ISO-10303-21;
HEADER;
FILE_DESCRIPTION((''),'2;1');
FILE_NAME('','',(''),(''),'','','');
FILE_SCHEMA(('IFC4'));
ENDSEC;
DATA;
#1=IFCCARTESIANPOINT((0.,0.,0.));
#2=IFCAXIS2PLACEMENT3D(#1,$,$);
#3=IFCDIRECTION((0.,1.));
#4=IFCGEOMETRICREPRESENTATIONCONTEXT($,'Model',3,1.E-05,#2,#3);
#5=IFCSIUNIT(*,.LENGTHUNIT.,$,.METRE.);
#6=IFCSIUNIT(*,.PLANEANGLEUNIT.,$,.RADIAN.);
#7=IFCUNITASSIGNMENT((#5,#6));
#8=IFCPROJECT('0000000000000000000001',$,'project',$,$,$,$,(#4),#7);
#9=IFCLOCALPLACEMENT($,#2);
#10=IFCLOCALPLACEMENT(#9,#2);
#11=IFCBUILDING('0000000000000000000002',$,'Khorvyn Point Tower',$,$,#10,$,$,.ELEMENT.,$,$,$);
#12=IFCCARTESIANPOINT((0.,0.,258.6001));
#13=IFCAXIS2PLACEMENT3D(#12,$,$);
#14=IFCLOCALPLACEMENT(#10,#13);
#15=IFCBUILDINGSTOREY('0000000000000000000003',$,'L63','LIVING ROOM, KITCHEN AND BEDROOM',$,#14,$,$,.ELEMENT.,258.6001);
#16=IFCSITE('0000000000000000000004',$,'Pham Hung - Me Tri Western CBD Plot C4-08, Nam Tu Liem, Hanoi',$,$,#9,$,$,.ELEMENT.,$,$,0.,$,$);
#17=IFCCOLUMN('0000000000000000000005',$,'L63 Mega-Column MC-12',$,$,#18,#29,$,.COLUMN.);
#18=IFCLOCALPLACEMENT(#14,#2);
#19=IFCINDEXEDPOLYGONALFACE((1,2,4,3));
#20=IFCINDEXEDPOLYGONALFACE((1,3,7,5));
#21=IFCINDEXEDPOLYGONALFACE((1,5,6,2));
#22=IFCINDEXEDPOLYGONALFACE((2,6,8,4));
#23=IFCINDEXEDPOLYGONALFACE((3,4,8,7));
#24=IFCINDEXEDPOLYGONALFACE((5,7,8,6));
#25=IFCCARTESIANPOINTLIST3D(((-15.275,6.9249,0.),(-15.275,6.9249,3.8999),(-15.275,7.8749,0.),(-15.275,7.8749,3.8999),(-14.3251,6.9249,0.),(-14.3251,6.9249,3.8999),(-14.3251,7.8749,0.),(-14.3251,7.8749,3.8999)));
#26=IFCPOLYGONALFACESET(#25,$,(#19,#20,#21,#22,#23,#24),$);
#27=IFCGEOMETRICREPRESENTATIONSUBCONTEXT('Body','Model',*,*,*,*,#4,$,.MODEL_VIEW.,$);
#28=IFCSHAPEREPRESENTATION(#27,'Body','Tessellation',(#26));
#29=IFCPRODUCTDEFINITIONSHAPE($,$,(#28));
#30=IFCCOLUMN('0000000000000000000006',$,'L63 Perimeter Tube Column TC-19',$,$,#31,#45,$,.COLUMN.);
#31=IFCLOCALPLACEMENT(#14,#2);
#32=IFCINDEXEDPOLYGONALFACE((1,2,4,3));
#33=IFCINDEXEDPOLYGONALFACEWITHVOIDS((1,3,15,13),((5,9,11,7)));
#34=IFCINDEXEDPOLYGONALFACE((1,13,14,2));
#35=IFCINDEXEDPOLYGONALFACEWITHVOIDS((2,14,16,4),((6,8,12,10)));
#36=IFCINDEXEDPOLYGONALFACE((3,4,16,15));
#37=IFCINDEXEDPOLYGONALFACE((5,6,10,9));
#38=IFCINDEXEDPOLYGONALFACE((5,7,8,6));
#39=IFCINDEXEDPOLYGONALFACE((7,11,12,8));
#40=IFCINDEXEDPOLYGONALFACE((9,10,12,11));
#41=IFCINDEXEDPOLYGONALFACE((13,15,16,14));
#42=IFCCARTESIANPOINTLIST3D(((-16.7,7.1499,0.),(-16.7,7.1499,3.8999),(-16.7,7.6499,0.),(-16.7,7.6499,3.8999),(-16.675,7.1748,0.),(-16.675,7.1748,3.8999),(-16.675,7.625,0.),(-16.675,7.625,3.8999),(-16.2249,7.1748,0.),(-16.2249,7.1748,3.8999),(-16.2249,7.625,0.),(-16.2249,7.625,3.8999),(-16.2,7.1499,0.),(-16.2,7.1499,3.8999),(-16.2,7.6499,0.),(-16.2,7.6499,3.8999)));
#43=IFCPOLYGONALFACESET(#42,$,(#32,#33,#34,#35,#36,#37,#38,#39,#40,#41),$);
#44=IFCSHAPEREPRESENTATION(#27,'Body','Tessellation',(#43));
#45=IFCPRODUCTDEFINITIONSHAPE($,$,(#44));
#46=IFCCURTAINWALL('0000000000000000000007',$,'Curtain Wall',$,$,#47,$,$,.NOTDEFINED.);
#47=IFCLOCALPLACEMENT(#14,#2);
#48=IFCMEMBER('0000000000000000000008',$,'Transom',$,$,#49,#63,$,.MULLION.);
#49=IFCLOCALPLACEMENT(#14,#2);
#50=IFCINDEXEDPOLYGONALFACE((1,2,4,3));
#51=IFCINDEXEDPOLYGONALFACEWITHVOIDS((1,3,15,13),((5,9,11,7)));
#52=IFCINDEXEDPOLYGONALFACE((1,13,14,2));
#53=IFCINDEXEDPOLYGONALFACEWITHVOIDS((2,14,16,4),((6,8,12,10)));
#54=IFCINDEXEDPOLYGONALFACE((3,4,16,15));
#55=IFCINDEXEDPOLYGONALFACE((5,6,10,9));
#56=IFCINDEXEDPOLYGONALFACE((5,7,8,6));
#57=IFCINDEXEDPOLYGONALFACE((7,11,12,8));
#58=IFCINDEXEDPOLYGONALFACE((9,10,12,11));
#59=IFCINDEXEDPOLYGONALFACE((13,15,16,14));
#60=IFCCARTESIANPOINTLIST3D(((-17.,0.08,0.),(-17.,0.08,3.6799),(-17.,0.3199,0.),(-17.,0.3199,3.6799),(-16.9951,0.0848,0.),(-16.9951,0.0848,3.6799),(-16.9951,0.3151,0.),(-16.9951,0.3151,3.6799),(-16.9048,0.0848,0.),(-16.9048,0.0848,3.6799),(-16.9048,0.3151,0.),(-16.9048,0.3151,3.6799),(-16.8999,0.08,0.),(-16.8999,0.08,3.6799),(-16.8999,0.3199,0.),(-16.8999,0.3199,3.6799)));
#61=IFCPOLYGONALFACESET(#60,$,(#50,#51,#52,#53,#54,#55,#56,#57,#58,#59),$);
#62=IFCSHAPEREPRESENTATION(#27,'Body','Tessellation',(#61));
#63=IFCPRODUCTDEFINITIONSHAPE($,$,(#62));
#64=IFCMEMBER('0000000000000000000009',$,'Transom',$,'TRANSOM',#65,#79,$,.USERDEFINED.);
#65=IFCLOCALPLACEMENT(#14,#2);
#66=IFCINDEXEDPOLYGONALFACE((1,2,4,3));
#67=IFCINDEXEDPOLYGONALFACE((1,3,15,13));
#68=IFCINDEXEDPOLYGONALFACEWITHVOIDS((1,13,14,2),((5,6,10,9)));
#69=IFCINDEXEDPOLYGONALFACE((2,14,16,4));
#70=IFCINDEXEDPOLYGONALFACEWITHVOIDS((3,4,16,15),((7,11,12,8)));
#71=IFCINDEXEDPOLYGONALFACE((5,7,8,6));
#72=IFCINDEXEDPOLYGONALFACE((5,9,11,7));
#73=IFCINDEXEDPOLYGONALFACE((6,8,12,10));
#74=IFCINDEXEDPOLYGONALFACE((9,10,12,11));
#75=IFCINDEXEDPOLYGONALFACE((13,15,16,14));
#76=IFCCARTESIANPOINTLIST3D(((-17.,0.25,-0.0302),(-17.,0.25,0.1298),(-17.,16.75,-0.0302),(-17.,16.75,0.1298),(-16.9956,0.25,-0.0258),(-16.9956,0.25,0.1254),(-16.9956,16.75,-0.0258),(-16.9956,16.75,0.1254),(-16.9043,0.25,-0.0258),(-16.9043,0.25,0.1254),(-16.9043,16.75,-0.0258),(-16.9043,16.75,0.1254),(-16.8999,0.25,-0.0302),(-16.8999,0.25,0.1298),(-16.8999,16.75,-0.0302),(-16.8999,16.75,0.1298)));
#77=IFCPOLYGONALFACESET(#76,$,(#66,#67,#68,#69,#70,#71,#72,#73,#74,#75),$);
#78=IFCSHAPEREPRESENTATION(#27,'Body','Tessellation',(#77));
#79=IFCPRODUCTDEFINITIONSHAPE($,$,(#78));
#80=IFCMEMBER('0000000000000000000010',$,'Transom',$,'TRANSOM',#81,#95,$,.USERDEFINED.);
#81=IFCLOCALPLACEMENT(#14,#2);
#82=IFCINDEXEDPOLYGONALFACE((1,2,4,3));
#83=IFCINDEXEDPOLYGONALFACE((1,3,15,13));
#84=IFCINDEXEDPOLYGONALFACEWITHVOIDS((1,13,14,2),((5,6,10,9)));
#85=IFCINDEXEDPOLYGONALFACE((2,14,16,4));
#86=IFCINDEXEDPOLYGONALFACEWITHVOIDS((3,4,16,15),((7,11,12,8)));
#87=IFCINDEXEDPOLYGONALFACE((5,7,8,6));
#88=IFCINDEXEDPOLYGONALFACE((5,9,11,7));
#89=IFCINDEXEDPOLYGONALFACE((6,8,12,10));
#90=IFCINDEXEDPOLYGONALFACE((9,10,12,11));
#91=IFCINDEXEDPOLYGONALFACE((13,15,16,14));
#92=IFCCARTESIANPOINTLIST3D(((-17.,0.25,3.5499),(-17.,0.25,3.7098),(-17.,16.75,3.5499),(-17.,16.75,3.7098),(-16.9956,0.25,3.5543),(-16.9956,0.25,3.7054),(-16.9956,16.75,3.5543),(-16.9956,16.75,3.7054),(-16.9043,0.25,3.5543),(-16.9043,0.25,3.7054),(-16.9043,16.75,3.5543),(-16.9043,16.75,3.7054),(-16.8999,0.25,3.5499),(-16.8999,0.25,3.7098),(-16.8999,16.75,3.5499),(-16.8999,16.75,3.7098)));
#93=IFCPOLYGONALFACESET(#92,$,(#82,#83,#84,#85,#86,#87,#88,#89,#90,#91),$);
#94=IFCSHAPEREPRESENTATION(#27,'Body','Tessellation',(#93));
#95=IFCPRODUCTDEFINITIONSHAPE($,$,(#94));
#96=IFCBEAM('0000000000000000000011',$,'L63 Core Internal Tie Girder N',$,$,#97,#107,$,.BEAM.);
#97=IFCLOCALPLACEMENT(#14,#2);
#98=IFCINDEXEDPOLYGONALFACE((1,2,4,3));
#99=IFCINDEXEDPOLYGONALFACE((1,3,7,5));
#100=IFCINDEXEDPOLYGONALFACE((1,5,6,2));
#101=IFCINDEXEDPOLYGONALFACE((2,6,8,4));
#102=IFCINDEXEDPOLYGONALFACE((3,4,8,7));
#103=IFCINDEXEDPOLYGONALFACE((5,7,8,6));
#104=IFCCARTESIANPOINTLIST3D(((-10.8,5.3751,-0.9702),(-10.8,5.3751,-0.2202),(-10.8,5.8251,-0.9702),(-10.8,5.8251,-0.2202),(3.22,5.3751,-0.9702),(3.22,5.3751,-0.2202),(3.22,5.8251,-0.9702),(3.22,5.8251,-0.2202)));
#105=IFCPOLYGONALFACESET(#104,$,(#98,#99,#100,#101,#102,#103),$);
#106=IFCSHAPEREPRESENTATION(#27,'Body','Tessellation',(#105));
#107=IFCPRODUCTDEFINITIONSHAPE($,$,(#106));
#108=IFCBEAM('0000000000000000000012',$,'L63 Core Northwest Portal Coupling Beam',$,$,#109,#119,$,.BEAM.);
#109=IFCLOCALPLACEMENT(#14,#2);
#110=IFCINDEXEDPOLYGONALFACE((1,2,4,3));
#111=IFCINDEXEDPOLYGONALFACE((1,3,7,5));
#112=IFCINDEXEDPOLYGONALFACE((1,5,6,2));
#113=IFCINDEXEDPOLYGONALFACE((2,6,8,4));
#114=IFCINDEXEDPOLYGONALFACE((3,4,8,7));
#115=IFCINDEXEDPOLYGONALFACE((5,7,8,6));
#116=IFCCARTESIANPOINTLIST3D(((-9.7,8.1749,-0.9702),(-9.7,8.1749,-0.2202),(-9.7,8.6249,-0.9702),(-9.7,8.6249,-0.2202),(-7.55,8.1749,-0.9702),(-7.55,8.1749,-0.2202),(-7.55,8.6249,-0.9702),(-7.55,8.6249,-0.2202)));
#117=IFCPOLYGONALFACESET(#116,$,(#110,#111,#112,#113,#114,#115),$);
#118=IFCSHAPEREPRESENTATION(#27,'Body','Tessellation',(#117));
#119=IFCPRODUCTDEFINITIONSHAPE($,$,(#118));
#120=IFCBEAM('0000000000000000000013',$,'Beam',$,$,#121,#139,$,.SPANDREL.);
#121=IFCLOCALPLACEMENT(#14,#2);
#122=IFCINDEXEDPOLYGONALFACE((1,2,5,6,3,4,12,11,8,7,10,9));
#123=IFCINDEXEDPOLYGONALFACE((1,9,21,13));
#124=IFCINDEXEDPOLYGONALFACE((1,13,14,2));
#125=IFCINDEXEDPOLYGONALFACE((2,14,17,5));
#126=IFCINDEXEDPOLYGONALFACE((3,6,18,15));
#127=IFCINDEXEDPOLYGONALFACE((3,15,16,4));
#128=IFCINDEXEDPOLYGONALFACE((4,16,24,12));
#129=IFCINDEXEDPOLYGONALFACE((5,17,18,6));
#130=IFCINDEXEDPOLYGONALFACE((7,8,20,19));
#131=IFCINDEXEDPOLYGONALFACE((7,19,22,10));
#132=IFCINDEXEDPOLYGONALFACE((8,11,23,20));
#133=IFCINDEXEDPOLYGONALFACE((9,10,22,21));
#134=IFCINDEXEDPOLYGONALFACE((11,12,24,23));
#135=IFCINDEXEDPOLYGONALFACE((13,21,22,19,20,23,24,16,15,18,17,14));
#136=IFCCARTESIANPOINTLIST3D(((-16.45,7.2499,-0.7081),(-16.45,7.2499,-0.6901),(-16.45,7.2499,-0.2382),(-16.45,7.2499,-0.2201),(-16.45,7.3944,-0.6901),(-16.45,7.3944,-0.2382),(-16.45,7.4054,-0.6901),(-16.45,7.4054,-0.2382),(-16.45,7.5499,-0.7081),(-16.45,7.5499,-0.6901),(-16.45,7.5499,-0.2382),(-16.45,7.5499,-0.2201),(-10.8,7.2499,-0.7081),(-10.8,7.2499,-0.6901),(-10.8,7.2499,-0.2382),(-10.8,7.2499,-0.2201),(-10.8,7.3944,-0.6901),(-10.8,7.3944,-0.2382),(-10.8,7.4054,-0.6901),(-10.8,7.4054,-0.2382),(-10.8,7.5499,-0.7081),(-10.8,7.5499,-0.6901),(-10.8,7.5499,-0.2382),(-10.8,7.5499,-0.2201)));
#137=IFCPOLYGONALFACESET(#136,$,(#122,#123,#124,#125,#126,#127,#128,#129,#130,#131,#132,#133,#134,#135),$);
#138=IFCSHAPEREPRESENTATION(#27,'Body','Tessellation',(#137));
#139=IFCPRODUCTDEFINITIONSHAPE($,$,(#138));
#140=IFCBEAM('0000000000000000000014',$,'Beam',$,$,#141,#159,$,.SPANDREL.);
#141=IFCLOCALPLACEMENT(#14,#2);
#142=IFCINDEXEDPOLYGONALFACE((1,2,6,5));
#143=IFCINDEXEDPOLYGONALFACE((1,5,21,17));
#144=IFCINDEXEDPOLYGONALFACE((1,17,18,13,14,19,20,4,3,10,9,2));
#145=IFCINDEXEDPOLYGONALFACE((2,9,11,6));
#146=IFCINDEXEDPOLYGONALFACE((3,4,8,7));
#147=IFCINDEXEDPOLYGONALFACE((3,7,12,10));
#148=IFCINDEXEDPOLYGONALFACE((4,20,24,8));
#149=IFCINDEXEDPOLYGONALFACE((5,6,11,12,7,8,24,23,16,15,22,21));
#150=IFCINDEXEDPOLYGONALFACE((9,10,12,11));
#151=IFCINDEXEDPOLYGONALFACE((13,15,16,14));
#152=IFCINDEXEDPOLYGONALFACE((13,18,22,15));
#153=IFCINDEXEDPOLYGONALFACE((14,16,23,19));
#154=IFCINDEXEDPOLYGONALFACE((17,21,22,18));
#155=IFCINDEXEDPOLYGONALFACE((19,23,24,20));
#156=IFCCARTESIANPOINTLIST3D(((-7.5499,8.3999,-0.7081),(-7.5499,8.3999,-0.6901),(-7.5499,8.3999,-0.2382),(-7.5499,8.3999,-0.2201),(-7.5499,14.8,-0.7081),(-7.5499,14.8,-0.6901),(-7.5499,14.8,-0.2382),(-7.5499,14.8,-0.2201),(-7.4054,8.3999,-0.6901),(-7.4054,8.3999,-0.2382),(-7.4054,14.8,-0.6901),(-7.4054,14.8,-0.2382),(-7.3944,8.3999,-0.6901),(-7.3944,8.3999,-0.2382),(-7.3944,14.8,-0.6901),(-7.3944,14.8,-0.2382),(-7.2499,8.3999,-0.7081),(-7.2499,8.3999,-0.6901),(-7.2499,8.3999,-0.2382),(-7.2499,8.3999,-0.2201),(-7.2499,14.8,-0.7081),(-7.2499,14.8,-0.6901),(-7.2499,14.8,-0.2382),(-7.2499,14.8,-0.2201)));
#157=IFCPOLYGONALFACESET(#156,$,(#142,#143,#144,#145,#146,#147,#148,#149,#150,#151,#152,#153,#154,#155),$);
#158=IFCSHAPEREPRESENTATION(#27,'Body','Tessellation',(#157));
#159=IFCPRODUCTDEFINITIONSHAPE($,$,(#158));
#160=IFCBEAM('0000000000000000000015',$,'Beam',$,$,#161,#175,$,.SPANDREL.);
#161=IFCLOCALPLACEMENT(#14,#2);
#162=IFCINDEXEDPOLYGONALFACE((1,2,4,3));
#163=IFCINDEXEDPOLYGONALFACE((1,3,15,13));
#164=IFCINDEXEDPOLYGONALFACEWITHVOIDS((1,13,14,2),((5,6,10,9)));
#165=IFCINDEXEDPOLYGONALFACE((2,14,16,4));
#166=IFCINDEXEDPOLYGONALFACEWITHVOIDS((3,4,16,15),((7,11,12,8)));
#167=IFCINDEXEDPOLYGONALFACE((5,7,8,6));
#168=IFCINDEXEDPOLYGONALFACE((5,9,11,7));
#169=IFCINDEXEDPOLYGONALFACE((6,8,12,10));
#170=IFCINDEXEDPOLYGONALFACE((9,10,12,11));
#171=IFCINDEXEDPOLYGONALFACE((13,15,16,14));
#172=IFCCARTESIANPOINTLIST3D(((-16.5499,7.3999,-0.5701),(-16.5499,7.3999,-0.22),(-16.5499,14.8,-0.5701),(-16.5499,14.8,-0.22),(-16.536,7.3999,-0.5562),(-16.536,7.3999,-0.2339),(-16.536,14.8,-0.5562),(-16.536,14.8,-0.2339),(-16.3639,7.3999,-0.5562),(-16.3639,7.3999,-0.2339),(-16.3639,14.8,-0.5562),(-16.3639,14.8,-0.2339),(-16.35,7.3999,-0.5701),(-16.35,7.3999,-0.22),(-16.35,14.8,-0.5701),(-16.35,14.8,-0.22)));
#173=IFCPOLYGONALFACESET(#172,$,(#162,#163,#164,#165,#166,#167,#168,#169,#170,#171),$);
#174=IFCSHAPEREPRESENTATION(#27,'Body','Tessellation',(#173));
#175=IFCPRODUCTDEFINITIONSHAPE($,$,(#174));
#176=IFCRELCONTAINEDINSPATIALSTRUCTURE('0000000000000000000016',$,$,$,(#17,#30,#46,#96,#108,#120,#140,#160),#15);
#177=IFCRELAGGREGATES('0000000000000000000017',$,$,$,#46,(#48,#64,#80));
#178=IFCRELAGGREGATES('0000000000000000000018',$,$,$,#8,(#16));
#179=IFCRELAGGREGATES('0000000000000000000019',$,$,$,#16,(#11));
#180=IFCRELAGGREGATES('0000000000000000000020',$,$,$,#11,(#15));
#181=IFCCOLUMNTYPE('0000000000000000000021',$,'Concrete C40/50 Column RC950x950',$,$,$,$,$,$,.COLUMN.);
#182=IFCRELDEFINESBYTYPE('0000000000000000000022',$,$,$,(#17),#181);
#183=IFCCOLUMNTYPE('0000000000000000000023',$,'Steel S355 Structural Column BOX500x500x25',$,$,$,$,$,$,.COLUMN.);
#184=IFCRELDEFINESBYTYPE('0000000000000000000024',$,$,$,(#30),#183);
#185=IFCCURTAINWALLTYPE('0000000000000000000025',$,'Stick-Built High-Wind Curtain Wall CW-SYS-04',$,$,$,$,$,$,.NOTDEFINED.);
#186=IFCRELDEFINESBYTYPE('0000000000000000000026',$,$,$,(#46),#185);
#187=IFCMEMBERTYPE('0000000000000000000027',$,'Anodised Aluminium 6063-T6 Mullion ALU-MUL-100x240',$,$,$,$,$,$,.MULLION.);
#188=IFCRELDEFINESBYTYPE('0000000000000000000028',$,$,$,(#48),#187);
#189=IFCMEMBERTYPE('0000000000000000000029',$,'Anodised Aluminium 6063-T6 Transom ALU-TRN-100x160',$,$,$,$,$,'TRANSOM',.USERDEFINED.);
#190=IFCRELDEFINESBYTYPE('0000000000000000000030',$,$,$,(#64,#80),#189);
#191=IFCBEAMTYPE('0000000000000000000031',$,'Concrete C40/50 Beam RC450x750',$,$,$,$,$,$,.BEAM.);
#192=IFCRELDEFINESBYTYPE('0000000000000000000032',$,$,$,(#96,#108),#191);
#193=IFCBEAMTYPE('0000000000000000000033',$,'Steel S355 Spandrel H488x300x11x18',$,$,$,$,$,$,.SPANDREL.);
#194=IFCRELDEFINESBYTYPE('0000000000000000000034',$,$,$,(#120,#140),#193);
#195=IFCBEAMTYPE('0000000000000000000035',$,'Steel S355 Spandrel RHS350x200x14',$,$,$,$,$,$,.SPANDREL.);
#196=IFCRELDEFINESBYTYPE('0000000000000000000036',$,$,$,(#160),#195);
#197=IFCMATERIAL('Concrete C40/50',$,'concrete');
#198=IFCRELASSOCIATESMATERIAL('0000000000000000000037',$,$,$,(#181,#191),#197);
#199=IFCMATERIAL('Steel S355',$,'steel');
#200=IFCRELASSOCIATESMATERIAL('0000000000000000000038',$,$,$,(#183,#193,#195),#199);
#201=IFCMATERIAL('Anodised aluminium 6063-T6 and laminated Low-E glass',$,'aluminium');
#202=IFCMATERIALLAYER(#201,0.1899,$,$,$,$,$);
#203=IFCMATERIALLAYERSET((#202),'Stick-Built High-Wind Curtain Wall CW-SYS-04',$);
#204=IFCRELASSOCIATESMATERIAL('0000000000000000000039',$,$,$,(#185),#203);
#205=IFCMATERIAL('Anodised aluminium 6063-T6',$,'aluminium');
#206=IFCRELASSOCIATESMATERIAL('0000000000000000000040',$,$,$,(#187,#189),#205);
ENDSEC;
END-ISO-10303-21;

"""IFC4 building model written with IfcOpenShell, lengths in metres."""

from ifc_helpers import new_model, si_unit, direction, frame, origin, origin_2d, place, context, subcontext, project, spatial, rectangle, hollow_rectangle, i_section, extrude, material, layer, layer_set, material_profile, profile_set, type_object, element, aggregate, save


model = new_model("IFC4")

# Units and contexts
model_context = context("Model", 3, precision=1e-05, world=origin(), true_north=direction((0.0, 1.0)))
body_context = subcontext(model_context, "Body", "Model", "MODEL_VIEW")
ifc_project = project(units=[si_unit("LENGTHUNIT", "METRE"), si_unit("PLANEANGLEUNIT", "RADIAN")], contexts=[model_context])

# Site, building, storey
site_placement = place(None, origin())
site = spatial("IfcSite", under=ifc_project, at=site_placement, Name="Pham Hung - Me Tri Western CBD Plot C4-08, Nam Tu Liem, Hanoi", CompositionType="ELEMENT", RefElevation=0.0)
building_placement = place(site_placement, origin())
building = spatial("IfcBuilding", under=site, at=building_placement, Name="Khorvyn Point Tower", CompositionType="ELEMENT")
storey_placement = place(building_placement, frame((0.0, 0.0, 258.6001)))
storey = spatial("IfcBuildingStorey", under=building, at=storey_placement, Name="L63", Description="LIVING ROOM, KITCHEN AND BEDROOM", CompositionType="ELEMENT", Elevation=258.6001)

# Columns
ifc_material_1 = material(Name="Concrete C40/50", Category="concrete")
ifc_material_profile_1 = material_profile(ifc_material_1, rectangle(XDim=0.95, YDim=0.95, at=origin_2d()))
ifc_profile_set_1 = profile_set([ifc_material_profile_1], Name="Concrete C40/50 RC950x950")
column_type_1 = type_object("IfcColumnType", Name="Concrete C40/50 Column RC950x950", PredefinedType="COLUMN", material=ifc_profile_set_1)
column_1_placement = place(storey_placement, frame((-14.8, 7.3999, 0.0), z_axis=(0.0, 0.0, 1.0), x_axis=(1.0, 0.0, 0.0)))
element("IfcColumn", 1, at=column_1_placement, inside=storey, type_object=column_type_1, Name="L63 Mega-Column MC-12", PredefinedType="COLUMN", context=body_context, shape_type="SweptSolid", body=[
    extrude(rectangle(XDim=0.95, YDim=0.95, at=origin_2d()), origin(), (0.0, 0.0, 1.0), 3.8999),
])
ifc_material_2 = material(Name="Steel S355", Category="steel")
ifc_material_profile_2 = material_profile(ifc_material_2, hollow_rectangle(XDim=0.5, YDim=0.5, WallThickness=0.0249, at=origin_2d()))
ifc_profile_set_2 = profile_set([ifc_material_profile_2], Name="Steel S355 BOX500x500x25")
column_type_2 = type_object("IfcColumnType", Name="Steel S355 Structural Column BOX500x500x25", PredefinedType="COLUMN", material=ifc_profile_set_2)
column_2_placement = place(storey_placement, frame((-16.45, 7.3999, 0.0), z_axis=(0.0, 0.0, 1.0), x_axis=(1.0, 0.0, 0.0)))
element("IfcColumn", 2, at=column_2_placement, inside=storey, type_object=column_type_2, Name="L63 Perimeter Tube Column TC-19", PredefinedType="COLUMN", context=body_context, shape_type="SweptSolid", body=[
    extrude(hollow_rectangle(XDim=0.5, YDim=0.5, WallThickness=0.0249, at=origin_2d()), origin(), (0.0, 0.0, 1.0), 3.8999),
])

# Curtain wall, members
ifc_material_3 = material(Name="Anodised aluminium 6063-T6 and laminated Low-E glass", Category="aluminium")
ifc_layer_1 = layer(ifc_material_3, 0.1899)
ifc_layer_set_1 = layer_set([ifc_layer_1], Name="Stick-Built High-Wind Curtain Wall CW-SYS-04")
curtain_wall_type = type_object("IfcCurtainWallType", Name="Stick-Built High-Wind Curtain Wall CW-SYS-04", PredefinedType="NOTDEFINED", material=ifc_layer_set_1)
curtain_wall_placement = place(storey_placement, origin())
curtain_wall = element("IfcCurtainWall", 3, at=curtain_wall_placement, inside=storey, type_object=curtain_wall_type, Name="Curtain Wall", PredefinedType="NOTDEFINED")
ifc_material_4 = material(Name="Anodised aluminium 6063-T6", Category="aluminium")
ifc_material_profile_3 = material_profile(ifc_material_4, hollow_rectangle(XDim=0.1001, YDim=0.24, WallThickness=0.0049, at=origin_2d()))
ifc_profile_set_3 = profile_set([ifc_material_profile_3], Name="Anodised aluminium 6063-T6 ALU-MUL-100x240")
member_type_1 = type_object("IfcMemberType", Name="Anodised Aluminium 6063-T6 Mullion ALU-MUL-100x240", PredefinedType="MULLION", material=ifc_profile_set_3)
member_1_placement = place(storey_placement, frame((-16.95, 0.2, 0.0), z_axis=(0.0, 0.0, 1.0), x_axis=(-1.0, 0.0, 0.0)))
member_1 = element("IfcMember", 4, at=member_1_placement, type_object=member_type_1, Name="Transom", PredefinedType="MULLION", context=body_context, shape_type="SweptSolid", body=[
    extrude(hollow_rectangle(XDim=0.1001, YDim=0.24, WallThickness=0.0049, at=origin_2d()), origin(), (0.0, 0.0, 1.0), 3.6799),
])
ifc_material_profile_4 = material_profile(ifc_material_4, hollow_rectangle(XDim=0.1001, YDim=0.1599, WallThickness=0.0044, at=origin_2d()))
ifc_profile_set_4 = profile_set([ifc_material_profile_4], Name="Anodised aluminium 6063-T6 ALU-TRN-100x160")
member_type_2 = type_object("IfcMemberType", Name="Anodised Aluminium 6063-T6 Transom ALU-TRN-100x160", ElementType="TRANSOM", PredefinedType="USERDEFINED", material=ifc_profile_set_4)
member_2_placement = place(storey_placement, frame((-16.95, 0.25, 0.0498), z_axis=(0.0, 1.0, 0.0), x_axis=(-1.0, 0.0, 0.0)))
member_2 = element("IfcMember", 5, at=member_2_placement, type_object=member_type_2, Name="Transom", ObjectType="TRANSOM", PredefinedType="USERDEFINED", context=body_context, shape_type="SweptSolid", body=[
    extrude(hollow_rectangle(XDim=0.1001, YDim=0.1599, WallThickness=0.0044, at=origin_2d()), origin(), (0.0, 0.0, 1.0), 16.5),
])
member_3_placement = place(storey_placement, frame((-16.95, 0.25, 3.6299), z_axis=(0.0, 1.0, 0.0), x_axis=(-1.0, 0.0, 0.0)))
member_3 = element("IfcMember", 6, at=member_3_placement, type_object=member_type_2, Name="Transom", ObjectType="TRANSOM", PredefinedType="USERDEFINED", context=body_context, shape_type="SweptSolid", body=[
    extrude(hollow_rectangle(XDim=0.1001, YDim=0.1599, WallThickness=0.0044, at=origin_2d()), origin(), (0.0, 0.0, 1.0), 16.5),
])
aggregate(curtain_wall, [member_1, member_2, member_3])

# Beams
ifc_material_profile_5 = material_profile(ifc_material_1, rectangle(XDim=0.45, YDim=0.75, at=origin_2d()))
ifc_profile_set_5 = profile_set([ifc_material_profile_5], Name="Concrete C40/50 RC450x750")
beam_type_1 = type_object("IfcBeamType", Name="Concrete C40/50 Beam RC450x750", PredefinedType="BEAM", material=ifc_profile_set_5)
beam_1_placement = place(storey_placement, frame((-10.8, 5.6001, -0.5952), z_axis=(1.0, 0.0, 0.0), x_axis=(0.0, 1.0, 0.0)))
element("IfcBeam", 7, at=beam_1_placement, inside=storey, type_object=beam_type_1, Name="L63 Core Internal Tie Girder N", PredefinedType="BEAM", context=body_context, shape_type="SweptSolid", body=[
    extrude(rectangle(XDim=0.45, YDim=0.75, at=origin_2d()), origin(), (0.0, 0.0, 1.0), 14.02),
])
beam_2_placement = place(storey_placement, frame((-9.7, 8.3999, -0.5952), z_axis=(1.0, 0.0, 0.0), x_axis=(0.0, 1.0, 0.0)))
element("IfcBeam", 8, at=beam_2_placement, inside=storey, type_object=beam_type_1, Name="L63 Core Northwest Portal Coupling Beam", PredefinedType="BEAM", context=body_context, shape_type="SweptSolid", body=[
    extrude(rectangle(XDim=0.45, YDim=0.75, at=origin_2d()), origin(), (0.0, 0.0, 1.0), 2.1499),
])
ifc_material_profile_6 = material_profile(ifc_material_2, i_section(OverallWidth=0.3, OverallDepth=0.488, WebThickness=0.011, FlangeThickness=0.0181, at=origin_2d()))
ifc_profile_set_6 = profile_set([ifc_material_profile_6], Name="Steel S355 H488x300x11x18")
beam_type_2 = type_object("IfcBeamType", Name="Steel S355 Spandrel H488x300x11x18", PredefinedType="SPANDREL", material=ifc_profile_set_6)
beam_3_placement = place(storey_placement, frame((-16.45, 7.3999, -0.4641), z_axis=(1.0, 0.0, 0.0), x_axis=(0.0, 1.0, 0.0)))
element("IfcBeam", 9, at=beam_3_placement, inside=storey, type_object=beam_type_2, Name="Beam", PredefinedType="SPANDREL", context=body_context, shape_type="SweptSolid", body=[
    extrude(i_section(OverallWidth=0.3, OverallDepth=0.488, WebThickness=0.011, FlangeThickness=0.0181, at=origin_2d()), origin(), (0.0, 0.0, 1.0), 5.6499),
])
beam_4_placement = place(storey_placement, frame((-7.3999, 8.3999, -0.4641), z_axis=(0.0, 1.0, 0.0), x_axis=(-1.0, 0.0, 0.0)))
element("IfcBeam", 10, at=beam_4_placement, inside=storey, type_object=beam_type_2, Name="Beam", PredefinedType="SPANDREL", context=body_context, shape_type="SweptSolid", body=[
    extrude(i_section(OverallWidth=0.3, OverallDepth=0.488, WebThickness=0.011, FlangeThickness=0.0181, at=origin_2d()), origin(), (0.0, 0.0, 1.0), 6.4001),
])
ifc_material_profile_7 = material_profile(ifc_material_2, hollow_rectangle(XDim=0.2, YDim=0.3501, WallThickness=0.0139, at=origin_2d()))
ifc_profile_set_7 = profile_set([ifc_material_profile_7], Name="Steel S355 RHS350x200x14")
beam_type_3 = type_object("IfcBeamType", Name="Steel S355 Spandrel RHS350x200x14", PredefinedType="SPANDREL", material=ifc_profile_set_7)
beam_5_placement = place(storey_placement, frame((-16.45, 7.3999, -0.395), z_axis=(0.0, 1.0, 0.0), x_axis=(-1.0, 0.0, 0.0)))
element("IfcBeam", 11, at=beam_5_placement, inside=storey, type_object=beam_type_3, Name="Beam", PredefinedType="SPANDREL", context=body_context, shape_type="SweptSolid", body=[
    extrude(hollow_rectangle(XDim=0.2, YDim=0.3501, WallThickness=0.0139, at=origin_2d()), origin(), (0.0, 0.0, 1.0), 7.4001),
])

save(model, "model.ifc")
